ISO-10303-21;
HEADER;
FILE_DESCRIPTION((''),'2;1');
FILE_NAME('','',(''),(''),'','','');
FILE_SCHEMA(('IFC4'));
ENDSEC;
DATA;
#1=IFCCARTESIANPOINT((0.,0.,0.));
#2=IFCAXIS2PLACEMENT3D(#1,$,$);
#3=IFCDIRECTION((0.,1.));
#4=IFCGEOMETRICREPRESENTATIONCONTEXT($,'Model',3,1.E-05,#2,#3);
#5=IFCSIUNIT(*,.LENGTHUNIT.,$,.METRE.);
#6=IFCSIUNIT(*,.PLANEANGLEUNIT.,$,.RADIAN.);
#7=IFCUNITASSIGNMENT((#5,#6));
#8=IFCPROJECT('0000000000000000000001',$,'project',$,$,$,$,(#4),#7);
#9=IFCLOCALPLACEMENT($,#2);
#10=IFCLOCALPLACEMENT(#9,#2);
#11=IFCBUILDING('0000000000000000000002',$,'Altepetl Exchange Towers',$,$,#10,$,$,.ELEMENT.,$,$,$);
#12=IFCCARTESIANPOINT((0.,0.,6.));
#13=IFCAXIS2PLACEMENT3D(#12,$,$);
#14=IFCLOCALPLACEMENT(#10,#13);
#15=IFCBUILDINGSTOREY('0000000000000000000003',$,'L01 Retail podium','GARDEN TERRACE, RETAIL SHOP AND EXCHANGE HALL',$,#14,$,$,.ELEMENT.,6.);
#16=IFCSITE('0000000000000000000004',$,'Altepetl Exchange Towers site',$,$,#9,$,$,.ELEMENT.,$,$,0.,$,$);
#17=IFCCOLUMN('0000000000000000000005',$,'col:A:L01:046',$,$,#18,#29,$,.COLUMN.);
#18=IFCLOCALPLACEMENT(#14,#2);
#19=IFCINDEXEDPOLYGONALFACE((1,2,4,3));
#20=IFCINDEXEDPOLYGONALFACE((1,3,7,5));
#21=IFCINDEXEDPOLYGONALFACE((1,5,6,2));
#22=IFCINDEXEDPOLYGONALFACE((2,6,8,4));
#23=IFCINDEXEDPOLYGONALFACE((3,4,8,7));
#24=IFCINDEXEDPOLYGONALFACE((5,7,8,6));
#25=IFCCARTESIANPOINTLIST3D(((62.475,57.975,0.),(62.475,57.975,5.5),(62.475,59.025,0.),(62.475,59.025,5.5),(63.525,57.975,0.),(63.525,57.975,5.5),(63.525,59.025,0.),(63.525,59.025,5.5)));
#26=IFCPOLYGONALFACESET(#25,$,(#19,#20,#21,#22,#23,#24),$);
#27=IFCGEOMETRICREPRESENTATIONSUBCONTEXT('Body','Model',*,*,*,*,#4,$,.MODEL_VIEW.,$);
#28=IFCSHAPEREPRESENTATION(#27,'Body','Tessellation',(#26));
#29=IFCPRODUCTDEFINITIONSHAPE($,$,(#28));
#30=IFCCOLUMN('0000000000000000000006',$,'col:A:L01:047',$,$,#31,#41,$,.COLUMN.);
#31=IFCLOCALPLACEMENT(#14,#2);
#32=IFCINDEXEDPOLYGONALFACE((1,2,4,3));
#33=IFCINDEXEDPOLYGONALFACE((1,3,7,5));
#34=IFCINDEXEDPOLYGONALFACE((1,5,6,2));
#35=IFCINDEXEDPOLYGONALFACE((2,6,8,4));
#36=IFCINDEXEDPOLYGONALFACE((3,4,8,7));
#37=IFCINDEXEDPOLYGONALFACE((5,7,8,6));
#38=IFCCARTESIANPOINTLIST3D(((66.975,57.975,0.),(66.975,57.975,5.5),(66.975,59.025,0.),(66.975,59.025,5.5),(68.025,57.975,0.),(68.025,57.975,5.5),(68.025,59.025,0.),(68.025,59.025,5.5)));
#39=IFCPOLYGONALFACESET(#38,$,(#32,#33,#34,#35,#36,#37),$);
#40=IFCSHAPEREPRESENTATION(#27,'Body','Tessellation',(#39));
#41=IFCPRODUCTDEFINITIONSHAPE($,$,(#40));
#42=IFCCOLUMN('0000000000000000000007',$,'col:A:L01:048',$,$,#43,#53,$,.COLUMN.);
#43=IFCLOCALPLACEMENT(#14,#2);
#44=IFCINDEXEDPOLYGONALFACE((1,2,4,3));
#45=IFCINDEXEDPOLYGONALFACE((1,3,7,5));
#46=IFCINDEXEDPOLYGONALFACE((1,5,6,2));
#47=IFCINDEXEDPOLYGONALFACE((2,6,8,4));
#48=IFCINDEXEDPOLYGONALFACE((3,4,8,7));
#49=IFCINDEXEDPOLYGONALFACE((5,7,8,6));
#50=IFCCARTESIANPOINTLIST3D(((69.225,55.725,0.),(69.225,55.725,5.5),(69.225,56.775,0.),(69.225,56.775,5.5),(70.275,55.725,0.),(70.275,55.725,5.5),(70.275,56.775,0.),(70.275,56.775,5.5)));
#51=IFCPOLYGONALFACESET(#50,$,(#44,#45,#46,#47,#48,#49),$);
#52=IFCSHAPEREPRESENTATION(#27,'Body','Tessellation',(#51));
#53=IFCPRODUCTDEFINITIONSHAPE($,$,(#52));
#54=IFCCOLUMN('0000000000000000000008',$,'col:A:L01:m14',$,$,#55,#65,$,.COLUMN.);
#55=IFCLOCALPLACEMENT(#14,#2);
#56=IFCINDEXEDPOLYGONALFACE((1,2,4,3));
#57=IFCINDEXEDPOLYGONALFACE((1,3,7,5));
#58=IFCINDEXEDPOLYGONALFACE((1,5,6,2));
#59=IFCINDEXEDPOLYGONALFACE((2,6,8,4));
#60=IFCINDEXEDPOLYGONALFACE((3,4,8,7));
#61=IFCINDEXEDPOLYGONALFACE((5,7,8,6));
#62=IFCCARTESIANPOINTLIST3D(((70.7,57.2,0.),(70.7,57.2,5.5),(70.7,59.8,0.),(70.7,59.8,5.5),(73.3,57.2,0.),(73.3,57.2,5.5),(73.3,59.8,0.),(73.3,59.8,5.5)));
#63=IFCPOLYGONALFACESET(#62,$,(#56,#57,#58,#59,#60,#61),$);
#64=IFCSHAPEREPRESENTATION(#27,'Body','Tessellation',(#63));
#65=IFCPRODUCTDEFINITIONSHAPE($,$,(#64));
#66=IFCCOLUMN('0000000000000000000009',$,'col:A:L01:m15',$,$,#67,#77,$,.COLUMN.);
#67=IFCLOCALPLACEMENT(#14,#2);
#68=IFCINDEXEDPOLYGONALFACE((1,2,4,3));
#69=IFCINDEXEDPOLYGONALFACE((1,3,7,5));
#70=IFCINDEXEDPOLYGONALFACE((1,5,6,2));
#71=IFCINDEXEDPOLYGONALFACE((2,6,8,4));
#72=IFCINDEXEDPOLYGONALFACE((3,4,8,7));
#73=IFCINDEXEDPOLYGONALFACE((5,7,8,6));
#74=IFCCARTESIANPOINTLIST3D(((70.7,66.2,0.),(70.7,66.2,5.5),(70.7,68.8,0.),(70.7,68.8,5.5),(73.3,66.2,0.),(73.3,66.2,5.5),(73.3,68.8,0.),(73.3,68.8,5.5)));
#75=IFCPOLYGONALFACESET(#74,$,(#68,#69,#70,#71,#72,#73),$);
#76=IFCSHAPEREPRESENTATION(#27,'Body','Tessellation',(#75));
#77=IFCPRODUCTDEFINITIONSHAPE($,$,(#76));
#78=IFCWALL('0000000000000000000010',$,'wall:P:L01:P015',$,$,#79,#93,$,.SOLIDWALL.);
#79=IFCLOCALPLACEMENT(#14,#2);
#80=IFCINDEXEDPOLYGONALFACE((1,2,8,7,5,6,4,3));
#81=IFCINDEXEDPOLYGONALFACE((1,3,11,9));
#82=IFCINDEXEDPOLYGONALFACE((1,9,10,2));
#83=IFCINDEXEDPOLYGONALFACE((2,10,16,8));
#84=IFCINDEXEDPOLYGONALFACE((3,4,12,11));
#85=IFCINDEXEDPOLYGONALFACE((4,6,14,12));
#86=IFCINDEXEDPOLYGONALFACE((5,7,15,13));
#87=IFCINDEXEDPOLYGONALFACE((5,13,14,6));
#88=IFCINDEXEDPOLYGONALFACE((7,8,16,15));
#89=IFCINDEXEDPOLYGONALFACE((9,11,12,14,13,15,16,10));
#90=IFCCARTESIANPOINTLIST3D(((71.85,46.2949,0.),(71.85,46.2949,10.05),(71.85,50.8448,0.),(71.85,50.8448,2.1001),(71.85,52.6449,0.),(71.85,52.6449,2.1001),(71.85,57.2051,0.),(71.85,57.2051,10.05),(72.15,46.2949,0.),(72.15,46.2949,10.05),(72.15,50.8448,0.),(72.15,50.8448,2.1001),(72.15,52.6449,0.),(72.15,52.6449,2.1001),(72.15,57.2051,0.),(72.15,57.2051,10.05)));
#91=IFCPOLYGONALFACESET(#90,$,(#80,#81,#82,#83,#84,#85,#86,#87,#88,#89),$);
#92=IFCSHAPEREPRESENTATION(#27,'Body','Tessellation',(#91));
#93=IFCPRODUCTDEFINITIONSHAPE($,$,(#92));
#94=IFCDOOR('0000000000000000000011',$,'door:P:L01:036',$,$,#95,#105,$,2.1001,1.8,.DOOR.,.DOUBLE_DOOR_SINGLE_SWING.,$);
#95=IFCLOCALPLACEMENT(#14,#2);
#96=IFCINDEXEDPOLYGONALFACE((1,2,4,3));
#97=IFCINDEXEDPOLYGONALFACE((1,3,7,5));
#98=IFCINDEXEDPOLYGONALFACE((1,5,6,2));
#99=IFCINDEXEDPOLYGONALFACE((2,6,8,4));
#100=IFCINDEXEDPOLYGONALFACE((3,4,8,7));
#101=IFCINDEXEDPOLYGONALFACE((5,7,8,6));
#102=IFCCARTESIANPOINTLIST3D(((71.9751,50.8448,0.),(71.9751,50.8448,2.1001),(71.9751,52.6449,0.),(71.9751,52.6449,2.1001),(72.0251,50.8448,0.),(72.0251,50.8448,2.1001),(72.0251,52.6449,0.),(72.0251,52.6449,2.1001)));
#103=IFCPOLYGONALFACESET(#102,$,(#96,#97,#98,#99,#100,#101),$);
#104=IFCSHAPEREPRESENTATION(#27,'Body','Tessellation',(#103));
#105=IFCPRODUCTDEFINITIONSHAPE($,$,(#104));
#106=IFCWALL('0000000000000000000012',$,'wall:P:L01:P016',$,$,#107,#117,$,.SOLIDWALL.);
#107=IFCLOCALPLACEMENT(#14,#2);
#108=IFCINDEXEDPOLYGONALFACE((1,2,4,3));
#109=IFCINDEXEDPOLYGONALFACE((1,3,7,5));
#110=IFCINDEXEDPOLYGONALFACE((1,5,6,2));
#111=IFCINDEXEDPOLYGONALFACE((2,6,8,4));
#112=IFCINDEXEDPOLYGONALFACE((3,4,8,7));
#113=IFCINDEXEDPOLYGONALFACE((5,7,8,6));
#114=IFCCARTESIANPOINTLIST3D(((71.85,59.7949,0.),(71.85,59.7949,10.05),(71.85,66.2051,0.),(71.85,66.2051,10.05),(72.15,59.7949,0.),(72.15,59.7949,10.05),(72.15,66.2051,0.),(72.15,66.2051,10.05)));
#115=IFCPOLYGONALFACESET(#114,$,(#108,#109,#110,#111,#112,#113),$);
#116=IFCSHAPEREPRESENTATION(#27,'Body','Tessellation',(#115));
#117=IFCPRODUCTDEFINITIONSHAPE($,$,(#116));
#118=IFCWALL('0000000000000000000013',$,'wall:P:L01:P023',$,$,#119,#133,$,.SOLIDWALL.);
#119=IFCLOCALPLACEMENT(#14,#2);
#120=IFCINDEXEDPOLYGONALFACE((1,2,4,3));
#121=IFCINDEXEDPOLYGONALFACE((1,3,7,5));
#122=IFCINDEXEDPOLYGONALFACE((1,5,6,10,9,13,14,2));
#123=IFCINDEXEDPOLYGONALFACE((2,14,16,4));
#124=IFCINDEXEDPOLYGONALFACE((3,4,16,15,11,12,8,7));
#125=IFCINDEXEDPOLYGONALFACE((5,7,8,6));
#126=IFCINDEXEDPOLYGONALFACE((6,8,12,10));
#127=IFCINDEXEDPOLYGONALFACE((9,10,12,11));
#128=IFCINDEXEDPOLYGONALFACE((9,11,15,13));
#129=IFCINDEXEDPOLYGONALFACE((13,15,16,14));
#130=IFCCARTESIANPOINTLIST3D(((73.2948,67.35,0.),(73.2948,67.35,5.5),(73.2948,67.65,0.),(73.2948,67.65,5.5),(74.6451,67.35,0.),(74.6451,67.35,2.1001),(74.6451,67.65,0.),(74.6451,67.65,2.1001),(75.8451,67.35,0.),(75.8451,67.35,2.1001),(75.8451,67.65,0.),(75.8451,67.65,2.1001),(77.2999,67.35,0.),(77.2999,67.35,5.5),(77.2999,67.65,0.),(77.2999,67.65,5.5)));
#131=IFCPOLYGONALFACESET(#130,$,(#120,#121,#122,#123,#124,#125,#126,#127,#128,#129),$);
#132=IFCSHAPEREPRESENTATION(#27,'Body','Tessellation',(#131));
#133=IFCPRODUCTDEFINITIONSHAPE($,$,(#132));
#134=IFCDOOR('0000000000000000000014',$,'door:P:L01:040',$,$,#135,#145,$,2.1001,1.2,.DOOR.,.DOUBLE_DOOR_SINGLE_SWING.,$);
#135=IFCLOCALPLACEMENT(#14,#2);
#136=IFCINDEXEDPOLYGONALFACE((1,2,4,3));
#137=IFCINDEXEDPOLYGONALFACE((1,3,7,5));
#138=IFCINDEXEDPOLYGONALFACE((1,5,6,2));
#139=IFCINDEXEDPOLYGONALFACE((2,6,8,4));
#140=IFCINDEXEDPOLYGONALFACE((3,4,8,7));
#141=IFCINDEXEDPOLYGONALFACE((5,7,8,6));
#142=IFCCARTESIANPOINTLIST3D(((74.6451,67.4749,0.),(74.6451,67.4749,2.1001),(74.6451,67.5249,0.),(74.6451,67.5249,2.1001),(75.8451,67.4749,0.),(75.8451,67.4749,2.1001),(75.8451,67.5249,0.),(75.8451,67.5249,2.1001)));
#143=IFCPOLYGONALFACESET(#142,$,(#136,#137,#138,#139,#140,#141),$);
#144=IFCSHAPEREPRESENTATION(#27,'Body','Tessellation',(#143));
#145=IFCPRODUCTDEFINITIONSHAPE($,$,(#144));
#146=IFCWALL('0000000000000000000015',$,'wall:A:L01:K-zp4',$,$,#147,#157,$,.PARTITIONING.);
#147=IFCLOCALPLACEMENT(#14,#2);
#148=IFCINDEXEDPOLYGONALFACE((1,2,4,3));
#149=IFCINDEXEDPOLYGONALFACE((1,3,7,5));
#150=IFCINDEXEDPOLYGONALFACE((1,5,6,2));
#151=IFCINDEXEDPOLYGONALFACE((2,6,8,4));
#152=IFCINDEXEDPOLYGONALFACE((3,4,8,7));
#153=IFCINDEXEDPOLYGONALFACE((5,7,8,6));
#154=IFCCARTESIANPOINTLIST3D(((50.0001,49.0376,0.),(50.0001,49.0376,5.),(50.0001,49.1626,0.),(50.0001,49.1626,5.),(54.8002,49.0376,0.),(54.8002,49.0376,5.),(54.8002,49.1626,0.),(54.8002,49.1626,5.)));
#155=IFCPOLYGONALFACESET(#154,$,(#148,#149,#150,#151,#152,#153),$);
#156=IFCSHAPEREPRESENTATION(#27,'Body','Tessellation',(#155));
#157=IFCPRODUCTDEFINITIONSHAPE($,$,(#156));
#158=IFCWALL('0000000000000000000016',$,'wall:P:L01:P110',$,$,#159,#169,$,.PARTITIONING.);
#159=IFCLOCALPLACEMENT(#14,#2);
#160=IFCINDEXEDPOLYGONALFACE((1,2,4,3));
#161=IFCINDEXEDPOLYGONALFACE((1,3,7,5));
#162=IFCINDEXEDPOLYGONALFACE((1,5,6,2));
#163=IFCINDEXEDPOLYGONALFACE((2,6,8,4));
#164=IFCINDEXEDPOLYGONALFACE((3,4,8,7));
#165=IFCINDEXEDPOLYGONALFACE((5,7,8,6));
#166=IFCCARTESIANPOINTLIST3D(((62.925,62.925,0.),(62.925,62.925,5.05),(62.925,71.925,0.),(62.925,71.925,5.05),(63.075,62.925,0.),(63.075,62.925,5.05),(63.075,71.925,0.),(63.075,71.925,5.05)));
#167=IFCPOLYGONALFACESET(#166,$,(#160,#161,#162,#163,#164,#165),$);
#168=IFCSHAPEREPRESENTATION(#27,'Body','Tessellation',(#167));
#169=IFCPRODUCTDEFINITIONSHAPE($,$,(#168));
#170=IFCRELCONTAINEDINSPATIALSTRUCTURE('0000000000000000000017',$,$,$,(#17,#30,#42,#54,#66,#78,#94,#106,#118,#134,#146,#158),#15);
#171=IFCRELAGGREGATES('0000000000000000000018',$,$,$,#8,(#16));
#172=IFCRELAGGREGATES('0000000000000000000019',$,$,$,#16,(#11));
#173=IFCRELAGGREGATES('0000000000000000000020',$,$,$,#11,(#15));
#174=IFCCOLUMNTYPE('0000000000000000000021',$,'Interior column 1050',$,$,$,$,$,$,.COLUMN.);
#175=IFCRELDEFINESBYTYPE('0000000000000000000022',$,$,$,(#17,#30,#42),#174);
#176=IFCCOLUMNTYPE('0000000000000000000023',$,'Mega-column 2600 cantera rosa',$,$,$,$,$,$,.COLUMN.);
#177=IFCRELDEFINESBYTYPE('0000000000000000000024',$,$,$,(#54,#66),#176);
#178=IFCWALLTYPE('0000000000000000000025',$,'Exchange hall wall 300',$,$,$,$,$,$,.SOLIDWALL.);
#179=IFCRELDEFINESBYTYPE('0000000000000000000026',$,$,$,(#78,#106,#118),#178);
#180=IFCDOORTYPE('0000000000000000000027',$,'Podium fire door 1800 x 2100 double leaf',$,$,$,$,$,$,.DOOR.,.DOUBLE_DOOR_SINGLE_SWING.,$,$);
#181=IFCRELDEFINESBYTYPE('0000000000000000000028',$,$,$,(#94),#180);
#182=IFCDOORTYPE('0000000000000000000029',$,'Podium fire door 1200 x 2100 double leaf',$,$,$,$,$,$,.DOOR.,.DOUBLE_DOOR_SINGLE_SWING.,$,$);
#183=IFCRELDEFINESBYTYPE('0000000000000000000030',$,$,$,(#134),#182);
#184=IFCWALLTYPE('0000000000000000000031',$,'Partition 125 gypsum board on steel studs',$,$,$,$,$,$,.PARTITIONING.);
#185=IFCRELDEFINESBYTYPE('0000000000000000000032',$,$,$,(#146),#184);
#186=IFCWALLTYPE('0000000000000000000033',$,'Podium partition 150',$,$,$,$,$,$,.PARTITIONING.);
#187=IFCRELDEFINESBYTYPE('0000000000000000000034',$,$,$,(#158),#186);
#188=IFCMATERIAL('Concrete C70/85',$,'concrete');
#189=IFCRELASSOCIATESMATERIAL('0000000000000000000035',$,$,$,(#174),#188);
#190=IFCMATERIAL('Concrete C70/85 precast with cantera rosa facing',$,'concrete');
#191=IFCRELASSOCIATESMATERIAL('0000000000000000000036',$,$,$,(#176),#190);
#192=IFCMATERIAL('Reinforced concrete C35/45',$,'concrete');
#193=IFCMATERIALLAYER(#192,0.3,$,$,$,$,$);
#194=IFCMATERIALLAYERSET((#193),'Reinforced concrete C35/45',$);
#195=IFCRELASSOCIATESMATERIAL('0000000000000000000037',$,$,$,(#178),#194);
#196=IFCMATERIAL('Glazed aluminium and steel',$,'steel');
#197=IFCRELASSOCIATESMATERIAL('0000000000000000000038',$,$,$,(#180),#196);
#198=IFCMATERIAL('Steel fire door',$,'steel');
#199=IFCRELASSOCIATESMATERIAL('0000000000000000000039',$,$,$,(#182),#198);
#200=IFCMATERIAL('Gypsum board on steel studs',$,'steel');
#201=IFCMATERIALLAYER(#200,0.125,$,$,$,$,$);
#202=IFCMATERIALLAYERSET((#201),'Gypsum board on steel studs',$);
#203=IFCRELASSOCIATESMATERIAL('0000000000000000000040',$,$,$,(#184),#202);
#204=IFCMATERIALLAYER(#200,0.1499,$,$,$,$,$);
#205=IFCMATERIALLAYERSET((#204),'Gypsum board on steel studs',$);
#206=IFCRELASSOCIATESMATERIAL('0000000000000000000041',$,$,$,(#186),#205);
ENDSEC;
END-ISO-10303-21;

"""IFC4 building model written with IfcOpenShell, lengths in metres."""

from ifc_helpers import new_model, si_unit, direction, frame, frame_2d, origin, origin_2d, place, context, subcontext, project, spatial, rectangle, extrude, material, layer, layer_set, material_profile, profile_set, type_object, element, fill, save


model = new_model("IFC4")

# Units and contexts
model_context = context("Model", 3, precision=1e-05, world=origin(), true_north=direction((0.0, 1.0)))
body_context = subcontext(model_context, "Body", "Model", "MODEL_VIEW")
ifc_project = project(units=[si_unit("LENGTHUNIT", "METRE"), si_unit("PLANEANGLEUNIT", "RADIAN")], contexts=[model_context])

# Site, building, storey
site_placement = place(None, origin())
site = spatial("IfcSite", under=ifc_project, at=site_placement, Name="Altepetl Exchange Towers site", CompositionType="ELEMENT", RefElevation=0.0)
building_placement = place(site_placement, origin())
building = spatial("IfcBuilding", under=site, at=building_placement, Name="Altepetl Exchange Towers", CompositionType="ELEMENT")
storey_placement = place(building_placement, frame((0.0, 0.0, 6.0)))
storey = spatial("IfcBuildingStorey", under=building, at=storey_placement, Name="L01 Retail podium", Description="GARDEN TERRACE, RETAIL SHOP AND EXCHANGE HALL", CompositionType="ELEMENT", Elevation=6.0)

# Columns
ifc_material_1 = material(Name="Concrete C70/85", Category="concrete")
ifc_material_profile_1 = material_profile(ifc_material_1, rectangle(XDim=1.05, YDim=1.05, at=origin_2d()), Name="1050 x 1050")
ifc_profile_set_1 = profile_set([ifc_material_profile_1], Name="Concrete C70/85")
column_type_1 = type_object("IfcColumnType", Name="Interior column 1050", PredefinedType="COLUMN", material=ifc_profile_set_1)
for number, where, name in (
    (1, (63.0, 58.5, 0.0), "col:A:L01:046"),
    (2, (67.5, 58.5, 0.0), "col:A:L01:047"),
    (3, (69.75, 56.25, 0.0), "col:A:L01:048"),
):
    element("IfcColumn", number, at=place(storey_placement, frame(where)), inside=storey, type_object=column_type_1, Name=name, PredefinedType="COLUMN", context=body_context, shape_type="SweptSolid", body=[
        extrude(rectangle(XDim=1.05, YDim=1.05, at=origin_2d()), origin(), (0.0, 0.0, 1.0), 5.5),
    ])
ifc_material_2 = material(Name="Concrete C70/85 precast with cantera rosa facing", Category="concrete")
ifc_material_profile_2 = material_profile(ifc_material_2, rectangle(XDim=2.6001, YDim=2.6001, at=origin_2d()), Name="2600 x 2600")
ifc_profile_set_2 = profile_set([ifc_material_profile_2], Name="Concrete C70/85 precast with cantera rosa facing")
column_type_2 = type_object("IfcColumnType", Name="Mega-column 2600 cantera rosa", PredefinedType="COLUMN", material=ifc_profile_set_2)
for number, where, name in (
    (4, (72.0, 58.5, 0.0), "col:A:L01:m14"),
    (5, (72.0, 67.5, 0.0), "col:A:L01:m15"),
):
    element("IfcColumn", number, at=place(storey_placement, frame(where)), inside=storey, type_object=column_type_2, Name=name, PredefinedType="COLUMN", context=body_context, shape_type="SweptSolid", body=[
        extrude(rectangle(XDim=2.6001, YDim=2.6001, at=origin_2d()), origin(), (0.0, 0.0, 1.0), 5.5),
    ])

# Wall, opening, door
ifc_material_3 = material(Name="Reinforced concrete C35/45", Category="concrete")
ifc_layer_1 = layer(ifc_material_3, 0.3)
ifc_layer_set_1 = layer_set([ifc_layer_1], Name="Reinforced concrete C35/45")
wall_type_1 = type_object("IfcWallType", Name="Exchange hall wall 300", PredefinedType="SOLIDWALL", material=ifc_layer_set_1)
wall_1_placement = place(storey_placement, frame((72.0, 46.2949, 0.0), z_axis=(0.0, 0.0, 1.0), x_axis=(0.0, 1.0, 0.0)))
wall_1 = element("IfcWall", 6, at=wall_1_placement, inside=storey, type_object=wall_type_1, Name="wall:P:L01:P015", PredefinedType="SOLIDWALL", context=body_context, shape_type="SweptSolid", body=[
    extrude(rectangle(XDim=10.9102, YDim=0.3, at=frame_2d((5.4551, 0.0))), origin(), (0.0, 0.0, 1.0), 10.05),
])
opening_1_placement = place(wall_1_placement, frame((4.55, 0.0, 0.0)))
opening_1 = element("IfcOpeningElement", 7, at=opening_1_placement, cuts=wall_1, PredefinedType="OPENING", context=body_context, shape_type="SweptSolid", body=[
    extrude(rectangle(XDim=1.8, YDim=2.1001, at=frame_2d((0.8999, 1.05))), frame((0.0, 0.1602, 0.0), z_axis=(0.0, -1.0, 0.0), x_axis=(1.0, 0.0, 0.0)), (0.0, 0.0, 1.0), 0.3201),
])
ifc_material_4 = material(Name="Glazed aluminium and steel", Category="steel")
door_type_1 = type_object("IfcDoorType", Name="Podium fire door 1800 x 2100 double leaf", OperationType="DOUBLE_DOOR_SINGLE_SWING", PredefinedType="DOOR", material=ifc_material_4)
door_1_placement = place(opening_1_placement, origin())
door_1 = element("IfcDoor", 8, at=door_1_placement, inside=storey, type_object=door_type_1, Name="door:P:L01:036", OperationType="DOUBLE_DOOR_SINGLE_SWING", OverallHeight=2.1001, OverallWidth=1.8, PredefinedType="DOOR", context=body_context, shape_type="SweptSolid", body=[
    extrude(rectangle(XDim=1.8, YDim=2.1001, at=frame_2d((0.8999, 1.05))), frame((0.0, 0.0249, 0.0), z_axis=(0.0, -1.0, 0.0), x_axis=(1.0, 0.0, 0.0)), (0.0, 0.0, 1.0), 0.05),
])
fill(opening_1, door_1)

# Wall
wall_2_placement = place(storey_placement, frame((72.0, 59.7949, 0.0), z_axis=(0.0, 0.0, 1.0), x_axis=(0.0, 1.0, 0.0)))
element("IfcWall", 9, at=wall_2_placement, inside=storey, type_object=wall_type_1, Name="wall:P:L01:P016", PredefinedType="SOLIDWALL", context=body_context, shape_type="SweptSolid", body=[
    extrude(rectangle(XDim=6.4102, YDim=0.3, at=frame_2d((3.2051, 0.0))), origin(), (0.0, 0.0, 1.0), 10.05),
])

# Wall, opening, door
wall_3_placement = place(storey_placement, frame((73.2949, 67.5, 0.0)))
wall_3 = element("IfcWall", 10, at=wall_3_placement, inside=storey, type_object=wall_type_1, Name="wall:P:L01:P023", PredefinedType="SOLIDWALL", context=body_context, shape_type="SweptSolid", body=[
    extrude(rectangle(XDim=4.0051, YDim=0.3, at=frame_2d((2.0024, 0.0))), origin(), (0.0, 0.0, 1.0), 5.5),
])
opening_2_placement = place(wall_3_placement, frame((1.3501, 0.0, 0.0)))
opening_2 = element("IfcOpeningElement", 11, at=opening_2_placement, cuts=wall_3, PredefinedType="OPENING", context=body_context, shape_type="SweptSolid", body=[
    extrude(rectangle(XDim=1.2, YDim=2.1001, at=frame_2d((0.6001, 1.05))), frame((0.0, 0.1602, 0.0), z_axis=(0.0, -1.0, 0.0), x_axis=(1.0, 0.0, 0.0)), (0.0, 0.0, 1.0), 0.3201),
])
ifc_material_5 = material(Name="Steel fire door", Category="steel")
door_type_2 = type_object("IfcDoorType", Name="Podium fire door 1200 x 2100 double leaf", OperationType="DOUBLE_DOOR_SINGLE_SWING", PredefinedType="DOOR", material=ifc_material_5)
door_2_placement = place(opening_2_placement, origin())
door_2 = element("IfcDoor", 12, at=door_2_placement, inside=storey, type_object=door_type_2, Name="door:P:L01:040", OperationType="DOUBLE_DOOR_SINGLE_SWING", OverallHeight=2.1001, OverallWidth=1.2, PredefinedType="DOOR", context=body_context, shape_type="SweptSolid", body=[
    extrude(rectangle(XDim=1.2, YDim=2.1001, at=frame_2d((0.6001, 1.05))), frame((0.0, 0.0249, 0.0), z_axis=(0.0, -1.0, 0.0), x_axis=(1.0, 0.0, 0.0)), (0.0, 0.0, 1.0), 0.05),
])
fill(opening_2, door_2)

# Walls
ifc_material_6 = material(Name="Gypsum board on steel studs", Category="steel")
ifc_layer_2 = layer(ifc_material_6, 0.125)
ifc_layer_set_2 = layer_set([ifc_layer_2], Name="Gypsum board on steel studs")
wall_type_2 = type_object("IfcWallType", Name="Partition 125 gypsum board on steel studs", PredefinedType="PARTITIONING", material=ifc_layer_set_2)
wall_4_placement = place(storey_placement, frame((54.8, 49.1001, 0.0), z_axis=(0.0, 0.0, 1.0), x_axis=(-1.0, 0.0, 0.0)))
element("IfcWall", 13, at=wall_4_placement, inside=storey, type_object=wall_type_2, Name="wall:A:L01:K-zp4", PredefinedType="PARTITIONING", context=body_context, shape_type="SweptSolid", body=[
    extrude(rectangle(XDim=4.8, YDim=0.125, at=frame_2d((2.3999, 0.0))), origin(), (0.0, 0.0, 1.0), 5.0),
])
ifc_layer_3 = layer(ifc_material_6, 0.1499)
ifc_layer_set_3 = layer_set([ifc_layer_3], Name="Gypsum board on steel studs")
wall_type_3 = type_object("IfcWallType", Name="Podium partition 150", PredefinedType="PARTITIONING", material=ifc_layer_set_3)
wall_5_placement = place(storey_placement, frame((63.0, 62.925, 0.0), z_axis=(0.0, 0.0, 1.0), x_axis=(0.0, 1.0, 0.0)))
element("IfcWall", 14, at=wall_5_placement, inside=storey, type_object=wall_type_3, Name="wall:P:L01:P110", PredefinedType="PARTITIONING", context=body_context, shape_type="SweptSolid", body=[
    extrude(rectangle(XDim=9.0, YDim=0.1499, at=frame_2d((4.5, 0.0))), origin(), (0.0, 0.0, 1.0), 5.05),
])

save(model, "model.ifc")
